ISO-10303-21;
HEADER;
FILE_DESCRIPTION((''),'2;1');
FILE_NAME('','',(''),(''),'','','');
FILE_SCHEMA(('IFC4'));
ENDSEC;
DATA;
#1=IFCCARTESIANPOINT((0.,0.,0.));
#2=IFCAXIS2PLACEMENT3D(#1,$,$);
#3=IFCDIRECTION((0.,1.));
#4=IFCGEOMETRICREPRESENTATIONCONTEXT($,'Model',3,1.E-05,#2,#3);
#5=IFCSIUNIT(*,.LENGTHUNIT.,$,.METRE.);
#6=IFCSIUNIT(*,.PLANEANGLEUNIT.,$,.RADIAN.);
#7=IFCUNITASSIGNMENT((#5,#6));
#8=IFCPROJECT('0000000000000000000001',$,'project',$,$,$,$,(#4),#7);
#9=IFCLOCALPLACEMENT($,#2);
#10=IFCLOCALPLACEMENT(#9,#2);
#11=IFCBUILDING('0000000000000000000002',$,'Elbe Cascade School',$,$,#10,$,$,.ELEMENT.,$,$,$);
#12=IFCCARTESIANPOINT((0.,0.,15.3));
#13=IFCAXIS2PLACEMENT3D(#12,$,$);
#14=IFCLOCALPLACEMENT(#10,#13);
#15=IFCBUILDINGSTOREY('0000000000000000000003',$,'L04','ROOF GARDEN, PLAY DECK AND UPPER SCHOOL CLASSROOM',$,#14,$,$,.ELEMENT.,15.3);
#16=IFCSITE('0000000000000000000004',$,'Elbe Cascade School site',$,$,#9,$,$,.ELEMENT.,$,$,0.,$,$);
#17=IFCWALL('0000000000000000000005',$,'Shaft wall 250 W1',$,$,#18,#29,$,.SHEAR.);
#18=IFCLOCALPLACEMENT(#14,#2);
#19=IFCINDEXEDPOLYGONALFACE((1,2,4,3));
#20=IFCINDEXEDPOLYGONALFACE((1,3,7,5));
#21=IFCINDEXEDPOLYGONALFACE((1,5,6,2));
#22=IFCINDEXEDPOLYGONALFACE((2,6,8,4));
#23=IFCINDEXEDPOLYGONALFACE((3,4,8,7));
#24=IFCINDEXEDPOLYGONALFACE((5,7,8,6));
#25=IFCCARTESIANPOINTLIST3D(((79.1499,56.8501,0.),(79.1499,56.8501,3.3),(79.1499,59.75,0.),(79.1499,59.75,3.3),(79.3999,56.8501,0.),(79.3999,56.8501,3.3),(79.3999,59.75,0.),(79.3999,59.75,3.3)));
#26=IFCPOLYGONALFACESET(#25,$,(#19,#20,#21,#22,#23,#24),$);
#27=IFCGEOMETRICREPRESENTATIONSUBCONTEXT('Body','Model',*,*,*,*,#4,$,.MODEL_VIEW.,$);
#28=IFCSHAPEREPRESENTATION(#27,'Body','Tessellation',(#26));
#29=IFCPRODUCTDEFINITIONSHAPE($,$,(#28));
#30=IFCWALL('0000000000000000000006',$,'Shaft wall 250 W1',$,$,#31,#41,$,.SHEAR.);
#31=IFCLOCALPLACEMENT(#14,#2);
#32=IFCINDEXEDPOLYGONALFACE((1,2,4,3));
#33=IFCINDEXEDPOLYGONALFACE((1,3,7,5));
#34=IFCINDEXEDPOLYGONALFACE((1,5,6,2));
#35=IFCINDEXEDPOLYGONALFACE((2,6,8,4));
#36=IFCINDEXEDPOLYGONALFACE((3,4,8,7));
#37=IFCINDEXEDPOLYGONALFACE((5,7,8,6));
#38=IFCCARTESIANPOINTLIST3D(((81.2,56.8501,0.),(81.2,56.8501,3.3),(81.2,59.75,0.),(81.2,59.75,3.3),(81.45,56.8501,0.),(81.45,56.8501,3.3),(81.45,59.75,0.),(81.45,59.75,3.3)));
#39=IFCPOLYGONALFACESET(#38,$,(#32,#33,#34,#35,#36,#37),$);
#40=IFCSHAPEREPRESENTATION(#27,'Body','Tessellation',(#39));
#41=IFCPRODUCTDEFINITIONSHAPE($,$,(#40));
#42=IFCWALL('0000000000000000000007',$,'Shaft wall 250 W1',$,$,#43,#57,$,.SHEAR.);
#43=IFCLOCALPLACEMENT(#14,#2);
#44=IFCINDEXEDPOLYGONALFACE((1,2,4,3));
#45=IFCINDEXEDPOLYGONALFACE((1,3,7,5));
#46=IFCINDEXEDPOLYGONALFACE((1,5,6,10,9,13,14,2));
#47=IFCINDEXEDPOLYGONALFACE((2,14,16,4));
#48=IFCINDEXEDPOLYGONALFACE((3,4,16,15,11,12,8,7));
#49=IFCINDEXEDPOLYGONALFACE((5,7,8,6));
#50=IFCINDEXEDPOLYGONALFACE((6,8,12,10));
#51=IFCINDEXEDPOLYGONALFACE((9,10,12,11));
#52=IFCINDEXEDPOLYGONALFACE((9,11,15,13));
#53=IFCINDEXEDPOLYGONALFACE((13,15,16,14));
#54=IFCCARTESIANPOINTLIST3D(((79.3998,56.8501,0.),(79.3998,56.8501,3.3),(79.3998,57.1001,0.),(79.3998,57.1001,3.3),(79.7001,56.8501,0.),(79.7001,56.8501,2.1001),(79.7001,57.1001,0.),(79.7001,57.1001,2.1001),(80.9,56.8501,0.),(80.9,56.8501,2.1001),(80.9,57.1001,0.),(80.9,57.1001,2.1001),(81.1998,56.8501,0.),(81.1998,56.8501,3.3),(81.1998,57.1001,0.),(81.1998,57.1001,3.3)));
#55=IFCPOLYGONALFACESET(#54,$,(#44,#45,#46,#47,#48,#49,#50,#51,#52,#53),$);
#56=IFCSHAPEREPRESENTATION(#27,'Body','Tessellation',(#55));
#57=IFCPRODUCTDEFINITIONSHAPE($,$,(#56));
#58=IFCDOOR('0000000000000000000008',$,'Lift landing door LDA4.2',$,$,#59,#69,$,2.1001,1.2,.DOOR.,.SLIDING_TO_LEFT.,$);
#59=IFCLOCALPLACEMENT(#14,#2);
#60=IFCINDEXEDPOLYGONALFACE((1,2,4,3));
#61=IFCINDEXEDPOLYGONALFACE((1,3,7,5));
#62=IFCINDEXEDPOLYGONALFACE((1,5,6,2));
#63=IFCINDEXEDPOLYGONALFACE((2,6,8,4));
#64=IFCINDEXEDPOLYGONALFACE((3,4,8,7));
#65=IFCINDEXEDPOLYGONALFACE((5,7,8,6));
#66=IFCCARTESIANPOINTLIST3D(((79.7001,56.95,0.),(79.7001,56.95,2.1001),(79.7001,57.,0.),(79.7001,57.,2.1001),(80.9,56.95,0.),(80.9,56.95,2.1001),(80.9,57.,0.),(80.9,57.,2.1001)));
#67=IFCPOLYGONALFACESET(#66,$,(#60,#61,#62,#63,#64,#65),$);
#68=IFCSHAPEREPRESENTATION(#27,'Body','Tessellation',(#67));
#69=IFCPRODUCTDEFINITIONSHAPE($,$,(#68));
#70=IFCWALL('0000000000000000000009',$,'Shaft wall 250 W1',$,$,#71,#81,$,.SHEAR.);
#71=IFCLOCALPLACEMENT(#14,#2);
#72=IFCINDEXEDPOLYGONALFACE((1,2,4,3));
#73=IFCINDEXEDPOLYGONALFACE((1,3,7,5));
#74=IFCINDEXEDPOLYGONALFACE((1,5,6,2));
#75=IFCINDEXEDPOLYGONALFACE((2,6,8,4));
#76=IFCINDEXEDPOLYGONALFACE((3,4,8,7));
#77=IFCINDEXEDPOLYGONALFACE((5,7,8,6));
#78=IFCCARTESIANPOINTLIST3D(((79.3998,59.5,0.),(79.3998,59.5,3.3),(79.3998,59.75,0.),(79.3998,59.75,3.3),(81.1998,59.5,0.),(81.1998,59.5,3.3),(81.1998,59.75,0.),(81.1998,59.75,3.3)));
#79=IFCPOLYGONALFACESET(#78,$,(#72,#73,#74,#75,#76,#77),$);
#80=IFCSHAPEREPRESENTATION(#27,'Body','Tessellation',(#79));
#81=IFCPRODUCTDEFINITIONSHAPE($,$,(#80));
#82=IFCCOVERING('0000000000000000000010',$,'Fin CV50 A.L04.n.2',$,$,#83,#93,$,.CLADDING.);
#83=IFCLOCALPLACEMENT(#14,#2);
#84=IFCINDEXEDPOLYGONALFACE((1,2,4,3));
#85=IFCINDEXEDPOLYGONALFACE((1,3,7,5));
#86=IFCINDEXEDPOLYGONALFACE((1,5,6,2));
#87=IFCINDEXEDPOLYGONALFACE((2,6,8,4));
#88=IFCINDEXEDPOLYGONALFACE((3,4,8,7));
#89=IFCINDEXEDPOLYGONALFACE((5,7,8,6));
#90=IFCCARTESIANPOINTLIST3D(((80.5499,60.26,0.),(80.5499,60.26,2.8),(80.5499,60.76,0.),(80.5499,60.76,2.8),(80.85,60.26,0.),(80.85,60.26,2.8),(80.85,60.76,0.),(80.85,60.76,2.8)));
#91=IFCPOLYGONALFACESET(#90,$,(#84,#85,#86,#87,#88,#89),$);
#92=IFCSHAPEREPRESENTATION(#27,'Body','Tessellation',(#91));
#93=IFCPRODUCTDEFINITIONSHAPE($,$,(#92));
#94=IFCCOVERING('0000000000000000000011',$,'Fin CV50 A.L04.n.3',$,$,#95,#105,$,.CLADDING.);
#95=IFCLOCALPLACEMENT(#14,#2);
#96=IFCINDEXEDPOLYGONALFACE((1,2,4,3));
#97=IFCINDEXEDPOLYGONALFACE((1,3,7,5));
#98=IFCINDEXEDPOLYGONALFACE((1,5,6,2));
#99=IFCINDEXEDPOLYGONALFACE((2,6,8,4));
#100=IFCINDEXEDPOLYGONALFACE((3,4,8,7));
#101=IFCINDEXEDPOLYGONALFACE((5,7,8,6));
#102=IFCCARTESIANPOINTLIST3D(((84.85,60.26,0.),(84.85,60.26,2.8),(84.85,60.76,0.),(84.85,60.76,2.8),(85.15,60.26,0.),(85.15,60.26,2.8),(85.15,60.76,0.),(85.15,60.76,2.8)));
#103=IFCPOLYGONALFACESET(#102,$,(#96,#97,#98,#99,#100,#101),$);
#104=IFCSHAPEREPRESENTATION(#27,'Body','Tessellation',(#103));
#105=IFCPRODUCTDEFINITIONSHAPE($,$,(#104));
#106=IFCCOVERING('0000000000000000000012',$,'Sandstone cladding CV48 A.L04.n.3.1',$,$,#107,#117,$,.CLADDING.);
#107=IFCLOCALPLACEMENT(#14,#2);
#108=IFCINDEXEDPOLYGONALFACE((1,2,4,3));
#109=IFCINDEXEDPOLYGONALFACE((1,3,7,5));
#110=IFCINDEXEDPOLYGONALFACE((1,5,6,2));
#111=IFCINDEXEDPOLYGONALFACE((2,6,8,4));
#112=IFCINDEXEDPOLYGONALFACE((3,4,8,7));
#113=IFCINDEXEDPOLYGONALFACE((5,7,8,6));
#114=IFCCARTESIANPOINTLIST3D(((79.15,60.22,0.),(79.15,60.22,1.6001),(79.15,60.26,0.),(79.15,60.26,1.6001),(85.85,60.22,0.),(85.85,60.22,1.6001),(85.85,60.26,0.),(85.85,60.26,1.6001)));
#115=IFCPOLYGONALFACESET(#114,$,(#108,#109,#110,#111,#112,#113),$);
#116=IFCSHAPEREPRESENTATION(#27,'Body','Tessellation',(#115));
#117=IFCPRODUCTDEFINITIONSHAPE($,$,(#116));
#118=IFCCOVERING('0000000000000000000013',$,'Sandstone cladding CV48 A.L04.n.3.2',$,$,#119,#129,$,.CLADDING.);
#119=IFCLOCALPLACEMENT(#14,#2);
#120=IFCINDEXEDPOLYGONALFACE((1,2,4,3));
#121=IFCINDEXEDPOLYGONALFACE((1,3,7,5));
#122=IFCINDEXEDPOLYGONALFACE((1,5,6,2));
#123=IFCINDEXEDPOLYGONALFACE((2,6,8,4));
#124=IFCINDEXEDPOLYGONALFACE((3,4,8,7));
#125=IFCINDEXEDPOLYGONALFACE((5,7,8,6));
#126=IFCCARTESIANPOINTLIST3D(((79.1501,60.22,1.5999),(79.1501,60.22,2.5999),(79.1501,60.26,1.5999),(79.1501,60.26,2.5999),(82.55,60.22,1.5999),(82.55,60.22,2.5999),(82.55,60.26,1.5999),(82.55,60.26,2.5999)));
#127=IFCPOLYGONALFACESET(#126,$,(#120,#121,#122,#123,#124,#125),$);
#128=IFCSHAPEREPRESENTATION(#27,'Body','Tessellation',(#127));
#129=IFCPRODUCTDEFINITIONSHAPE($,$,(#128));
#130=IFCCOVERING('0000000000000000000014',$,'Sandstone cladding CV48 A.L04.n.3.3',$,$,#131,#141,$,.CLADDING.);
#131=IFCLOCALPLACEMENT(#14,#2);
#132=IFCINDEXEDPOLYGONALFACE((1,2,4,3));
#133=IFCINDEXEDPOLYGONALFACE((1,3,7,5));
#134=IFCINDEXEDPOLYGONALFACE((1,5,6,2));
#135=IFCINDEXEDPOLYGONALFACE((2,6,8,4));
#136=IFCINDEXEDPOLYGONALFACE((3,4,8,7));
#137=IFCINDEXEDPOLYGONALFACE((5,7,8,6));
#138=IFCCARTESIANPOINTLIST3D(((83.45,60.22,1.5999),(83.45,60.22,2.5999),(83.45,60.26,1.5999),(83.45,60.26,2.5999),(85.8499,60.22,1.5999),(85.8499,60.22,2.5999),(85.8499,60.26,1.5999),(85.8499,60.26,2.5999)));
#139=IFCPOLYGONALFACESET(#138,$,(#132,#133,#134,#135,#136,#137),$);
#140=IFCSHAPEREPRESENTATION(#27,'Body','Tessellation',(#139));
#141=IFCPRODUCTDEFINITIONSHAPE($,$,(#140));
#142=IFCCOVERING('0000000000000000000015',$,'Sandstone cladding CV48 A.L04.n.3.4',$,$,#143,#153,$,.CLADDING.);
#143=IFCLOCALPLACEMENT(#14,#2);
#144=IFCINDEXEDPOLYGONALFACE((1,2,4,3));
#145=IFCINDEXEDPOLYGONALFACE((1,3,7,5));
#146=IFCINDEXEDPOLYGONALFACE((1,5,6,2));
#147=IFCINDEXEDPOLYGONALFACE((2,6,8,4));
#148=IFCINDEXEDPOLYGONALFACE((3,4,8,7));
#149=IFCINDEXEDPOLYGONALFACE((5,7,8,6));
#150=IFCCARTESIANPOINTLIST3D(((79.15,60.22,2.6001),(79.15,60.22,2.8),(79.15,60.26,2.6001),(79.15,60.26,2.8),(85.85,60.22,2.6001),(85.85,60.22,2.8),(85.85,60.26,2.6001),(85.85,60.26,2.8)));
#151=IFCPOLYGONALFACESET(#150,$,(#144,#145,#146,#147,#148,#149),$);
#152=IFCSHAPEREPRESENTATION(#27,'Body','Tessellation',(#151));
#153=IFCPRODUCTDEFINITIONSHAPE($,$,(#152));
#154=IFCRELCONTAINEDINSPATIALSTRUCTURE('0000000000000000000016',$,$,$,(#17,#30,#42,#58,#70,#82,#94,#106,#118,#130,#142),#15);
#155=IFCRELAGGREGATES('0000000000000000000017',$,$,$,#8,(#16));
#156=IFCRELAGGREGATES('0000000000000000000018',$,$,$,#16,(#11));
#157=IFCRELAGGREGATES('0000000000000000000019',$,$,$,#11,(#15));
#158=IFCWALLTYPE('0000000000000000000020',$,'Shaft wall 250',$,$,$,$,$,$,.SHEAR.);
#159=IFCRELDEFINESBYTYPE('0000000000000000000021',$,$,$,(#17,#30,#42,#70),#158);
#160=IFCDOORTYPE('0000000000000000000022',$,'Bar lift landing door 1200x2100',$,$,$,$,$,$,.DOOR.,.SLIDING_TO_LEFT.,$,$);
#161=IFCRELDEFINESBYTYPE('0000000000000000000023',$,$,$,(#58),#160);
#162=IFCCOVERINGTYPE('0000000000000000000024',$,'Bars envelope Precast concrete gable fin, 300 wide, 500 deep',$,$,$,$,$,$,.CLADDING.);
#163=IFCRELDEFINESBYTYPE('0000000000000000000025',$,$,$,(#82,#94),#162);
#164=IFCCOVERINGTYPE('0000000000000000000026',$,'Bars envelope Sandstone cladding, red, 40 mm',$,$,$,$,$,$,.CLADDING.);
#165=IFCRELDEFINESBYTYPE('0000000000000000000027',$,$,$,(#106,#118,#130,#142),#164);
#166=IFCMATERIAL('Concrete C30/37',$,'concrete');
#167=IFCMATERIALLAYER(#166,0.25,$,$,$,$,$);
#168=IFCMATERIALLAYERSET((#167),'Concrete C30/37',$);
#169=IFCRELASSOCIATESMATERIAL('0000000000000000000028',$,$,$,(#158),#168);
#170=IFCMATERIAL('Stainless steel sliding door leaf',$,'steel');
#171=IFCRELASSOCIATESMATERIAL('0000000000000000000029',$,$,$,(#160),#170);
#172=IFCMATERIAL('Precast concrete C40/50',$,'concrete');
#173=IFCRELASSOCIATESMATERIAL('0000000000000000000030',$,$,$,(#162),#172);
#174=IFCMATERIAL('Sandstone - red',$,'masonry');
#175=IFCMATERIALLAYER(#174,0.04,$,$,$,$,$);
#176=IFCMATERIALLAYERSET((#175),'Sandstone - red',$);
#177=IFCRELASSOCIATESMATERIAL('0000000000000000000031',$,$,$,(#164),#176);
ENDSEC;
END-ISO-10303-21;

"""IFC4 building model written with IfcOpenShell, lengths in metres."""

from ifc_helpers import new_model, si_unit, direction, frame, frame_2d, origin, origin_2d, place, context, subcontext, project, spatial, rectangle, extrude, material, layer, layer_set, type_object, element, fill, save


model = new_model("IFC4")

# Units and contexts
model_context = context("Model", 3, precision=1e-05, world=origin(), true_north=direction((0.0, 1.0)))
body_context = subcontext(model_context, "Body", "Model", "MODEL_VIEW")
ifc_project = project(units=[si_unit("LENGTHUNIT", "METRE"), si_unit("PLANEANGLEUNIT", "RADIAN")], contexts=[model_context])

# Site, building, storey
site_placement = place(None, origin())
site = spatial("IfcSite", under=ifc_project, at=site_placement, Name="Elbe Cascade School site", CompositionType="ELEMENT", RefElevation=0.0)
building_placement = place(site_placement, origin())
building = spatial("IfcBuilding", under=site, at=building_placement, Name="Elbe Cascade School", CompositionType="ELEMENT")
storey_placement = place(building_placement, frame((0.0, 0.0, 15.3)))
storey = spatial("IfcBuildingStorey", under=building, at=storey_placement, Name="L04", Description="ROOF GARDEN, PLAY DECK AND UPPER SCHOOL CLASSROOM", CompositionType="ELEMENT", Elevation=15.3)

# Walls
ifc_material_1 = material(Name="Concrete C30/37", Category="concrete")
ifc_layer_1 = layer(ifc_material_1, 0.25)
ifc_layer_set_1 = layer_set([ifc_layer_1], Name="Concrete C30/37")
wall_type_1 = type_object("IfcWallType", Name="Shaft wall 250", PredefinedType="SHEAR", material=ifc_layer_set_1)
for number, where, z_axis, x_axis, name in (
    (1, (79.2749, 56.8501, 0.0), (0.0, 0.0, 1.0), (0.0, 1.0, 0.0), "Shaft wall 250 W1"),
    (2, (81.325, 56.8501, 0.0), (0.0, 0.0, 1.0), (0.0, 1.0, 0.0), "Shaft wall 250 W1"),
):
    element("IfcWall", number, at=place(storey_placement, frame(where, z_axis=z_axis, x_axis=x_axis)), inside=storey, type_object=wall_type_1, Name=name, PredefinedType="SHEAR", context=body_context, shape_type="SweptSolid", body=[
        extrude(rectangle(XDim=2.8999, YDim=0.25, at=frame_2d((1.45, 0.0))), origin(), (0.0, 0.0, 1.0), 3.3),
    ])

# Wall, opening, door
wall_1_placement = place(storey_placement, frame((79.3999, 56.9751, 0.0), z_axis=(0.0, 0.0, 1.0), x_axis=(1.0, 0.0, 0.0)))
wall_1 = element("IfcWall", 3, at=wall_1_placement, inside=storey, type_object=wall_type_1, Name="Shaft wall 250 W1", PredefinedType="SHEAR", context=body_context, shape_type="SweptSolid", body=[
    extrude(rectangle(XDim=1.8, YDim=0.25, at=frame_2d((0.8999, 0.0))), origin(), (0.0, 0.0, 1.0), 3.3),
])
opening_1_placement = place(wall_1_placement, frame((0.3, 0.0, 0.0)))
opening_1 = element("IfcOpeningElement", 4, at=opening_1_placement, cuts=wall_1, PredefinedType="OPENING", context=body_context, shape_type="SweptSolid", body=[
    extrude(rectangle(XDim=1.2, YDim=2.1001, at=frame_2d((0.6001, 1.05))), frame((0.0, 0.135, 0.0), z_axis=(0.0, -1.0, 0.0), x_axis=(1.0, 0.0, 0.0)), (0.0, 0.0, 1.0), 0.27),
])
ifc_material_2 = material(Name="Stainless steel sliding door leaf", Category="steel")
door_type_1 = type_object("IfcDoorType", Name="Bar lift landing door 1200x2100", OperationType="SLIDING_TO_LEFT", PredefinedType="DOOR", material=ifc_material_2)
door_1_placement = place(opening_1_placement, origin())
door_1 = element("IfcDoor", 5, at=door_1_placement, inside=storey, type_object=door_type_1, Name="Lift landing door LDA4.2", OperationType="SLIDING_TO_LEFT", OverallHeight=2.1001, OverallWidth=1.2, PredefinedType="DOOR", context=body_context, shape_type="SweptSolid", body=[
    extrude(rectangle(XDim=1.2, YDim=2.1001, at=frame_2d((0.6001, 1.05))), frame((0.0, 0.0249, 0.0), z_axis=(0.0, -1.0, 0.0), x_axis=(1.0, 0.0, 0.0)), (0.0, 0.0, 1.0), 0.05),
])
fill(opening_1, door_1)

# Wall
wall_2_placement = place(storey_placement, frame((79.3999, 59.625, 0.0), z_axis=(0.0, 0.0, 1.0), x_axis=(1.0, 0.0, 0.0)))
element("IfcWall", 6, at=wall_2_placement, inside=storey, type_object=wall_type_1, Name="Shaft wall 250 W1", PredefinedType="SHEAR", context=body_context, shape_type="SweptSolid", body=[
    extrude(rectangle(XDim=1.8, YDim=0.25, at=frame_2d((0.8999, 0.0))), origin(), (0.0, 0.0, 1.0), 3.3),
])

# Coverings
ifc_material_3 = material(Name="Precast concrete C40/50", Category="concrete")
covering_type_1 = type_object("IfcCoveringType", Name="Bars envelope Precast concrete gable fin, 300 wide, 500 deep", PredefinedType="CLADDING", material=ifc_material_3)
for number, where, z_axis, x_axis, name in (
    (7, (80.7, 60.51, 0.0), (0.0, 0.0, 1.0), (1.0, 0.0, 0.0), "Fin CV50 A.L04.n.2"),
    (8, (85.0, 60.51, 0.0), (0.0, 0.0, 1.0), (1.0, 0.0, 0.0), "Fin CV50 A.L04.n.3"),
):
    element("IfcCovering", number, at=place(storey_placement, frame(where, z_axis=z_axis, x_axis=x_axis)), inside=storey, type_object=covering_type_1, Name=name, PredefinedType="CLADDING", context=body_context, shape_type="SweptSolid", body=[
        extrude(rectangle(XDim=0.3, YDim=0.5, at=origin_2d()), origin(), (0.0, 0.0, 1.0), 2.8),
    ])
ifc_material_4 = material(Name="Sandstone - red", Category="masonry")
ifc_layer_2 = layer(ifc_material_4, 0.04)
ifc_layer_set_2 = layer_set([ifc_layer_2], Name="Sandstone - red")
covering_type_2 = type_object("IfcCoveringType", Name="Bars envelope Sandstone cladding, red, 40 mm", PredefinedType="CLADDING", material=ifc_layer_set_2)
covering_1_placement = place(storey_placement, frame((82.5, 60.24, 0.0), z_axis=(0.0, 0.0, 1.0), x_axis=(1.0, 0.0, 0.0)))
element("IfcCovering", 9, at=covering_1_placement, inside=storey, type_object=covering_type_2, Name="Sandstone cladding CV48 A.L04.n.3.1", PredefinedType="CLADDING", context=body_context, shape_type="SweptSolid", body=[
    extrude(rectangle(XDim=6.7, YDim=0.04, at=origin_2d()), origin(), (0.0, 0.0, 1.0), 1.6001),
])
covering_2_placement = place(storey_placement, frame((80.8501, 60.24, 1.5999), z_axis=(0.0, 0.0, 1.0), x_axis=(1.0, 0.0, 0.0)))
element("IfcCovering", 10, at=covering_2_placement, inside=storey, type_object=covering_type_2, Name="Sandstone cladding CV48 A.L04.n.3.2", PredefinedType="CLADDING", context=body_context, shape_type="SweptSolid", body=[
    extrude(rectangle(XDim=3.3999, YDim=0.04, at=origin_2d()), origin(), (0.0, 0.0, 1.0), 1.0),
])
covering_3_placement = place(storey_placement, frame((84.6499, 60.24, 1.5999), z_axis=(0.0, 0.0, 1.0), x_axis=(1.0, 0.0, 0.0)))
element("IfcCovering", 11, at=covering_3_placement, inside=storey, type_object=covering_type_2, Name="Sandstone cladding CV48 A.L04.n.3.3", PredefinedType="CLADDING", context=body_context, shape_type="SweptSolid", body=[
    extrude(rectangle(XDim=2.3999, YDim=0.04, at=origin_2d()), origin(), (0.0, 0.0, 1.0), 1.0),
])
covering_4_placement = place(storey_placement, frame((82.5, 60.24, 2.6001), z_axis=(0.0, 0.0, 1.0), x_axis=(1.0, 0.0, 0.0)))
element("IfcCovering", 12, at=covering_4_placement, inside=storey, type_object=covering_type_2, Name="Sandstone cladding CV48 A.L04.n.3.4", PredefinedType="CLADDING", context=body_context, shape_type="SweptSolid", body=[
    extrude(rectangle(XDim=6.7, YDim=0.04, at=origin_2d()), origin(), (0.0, 0.0, 1.0), 0.2),
])

save(model, "model.ifc")
